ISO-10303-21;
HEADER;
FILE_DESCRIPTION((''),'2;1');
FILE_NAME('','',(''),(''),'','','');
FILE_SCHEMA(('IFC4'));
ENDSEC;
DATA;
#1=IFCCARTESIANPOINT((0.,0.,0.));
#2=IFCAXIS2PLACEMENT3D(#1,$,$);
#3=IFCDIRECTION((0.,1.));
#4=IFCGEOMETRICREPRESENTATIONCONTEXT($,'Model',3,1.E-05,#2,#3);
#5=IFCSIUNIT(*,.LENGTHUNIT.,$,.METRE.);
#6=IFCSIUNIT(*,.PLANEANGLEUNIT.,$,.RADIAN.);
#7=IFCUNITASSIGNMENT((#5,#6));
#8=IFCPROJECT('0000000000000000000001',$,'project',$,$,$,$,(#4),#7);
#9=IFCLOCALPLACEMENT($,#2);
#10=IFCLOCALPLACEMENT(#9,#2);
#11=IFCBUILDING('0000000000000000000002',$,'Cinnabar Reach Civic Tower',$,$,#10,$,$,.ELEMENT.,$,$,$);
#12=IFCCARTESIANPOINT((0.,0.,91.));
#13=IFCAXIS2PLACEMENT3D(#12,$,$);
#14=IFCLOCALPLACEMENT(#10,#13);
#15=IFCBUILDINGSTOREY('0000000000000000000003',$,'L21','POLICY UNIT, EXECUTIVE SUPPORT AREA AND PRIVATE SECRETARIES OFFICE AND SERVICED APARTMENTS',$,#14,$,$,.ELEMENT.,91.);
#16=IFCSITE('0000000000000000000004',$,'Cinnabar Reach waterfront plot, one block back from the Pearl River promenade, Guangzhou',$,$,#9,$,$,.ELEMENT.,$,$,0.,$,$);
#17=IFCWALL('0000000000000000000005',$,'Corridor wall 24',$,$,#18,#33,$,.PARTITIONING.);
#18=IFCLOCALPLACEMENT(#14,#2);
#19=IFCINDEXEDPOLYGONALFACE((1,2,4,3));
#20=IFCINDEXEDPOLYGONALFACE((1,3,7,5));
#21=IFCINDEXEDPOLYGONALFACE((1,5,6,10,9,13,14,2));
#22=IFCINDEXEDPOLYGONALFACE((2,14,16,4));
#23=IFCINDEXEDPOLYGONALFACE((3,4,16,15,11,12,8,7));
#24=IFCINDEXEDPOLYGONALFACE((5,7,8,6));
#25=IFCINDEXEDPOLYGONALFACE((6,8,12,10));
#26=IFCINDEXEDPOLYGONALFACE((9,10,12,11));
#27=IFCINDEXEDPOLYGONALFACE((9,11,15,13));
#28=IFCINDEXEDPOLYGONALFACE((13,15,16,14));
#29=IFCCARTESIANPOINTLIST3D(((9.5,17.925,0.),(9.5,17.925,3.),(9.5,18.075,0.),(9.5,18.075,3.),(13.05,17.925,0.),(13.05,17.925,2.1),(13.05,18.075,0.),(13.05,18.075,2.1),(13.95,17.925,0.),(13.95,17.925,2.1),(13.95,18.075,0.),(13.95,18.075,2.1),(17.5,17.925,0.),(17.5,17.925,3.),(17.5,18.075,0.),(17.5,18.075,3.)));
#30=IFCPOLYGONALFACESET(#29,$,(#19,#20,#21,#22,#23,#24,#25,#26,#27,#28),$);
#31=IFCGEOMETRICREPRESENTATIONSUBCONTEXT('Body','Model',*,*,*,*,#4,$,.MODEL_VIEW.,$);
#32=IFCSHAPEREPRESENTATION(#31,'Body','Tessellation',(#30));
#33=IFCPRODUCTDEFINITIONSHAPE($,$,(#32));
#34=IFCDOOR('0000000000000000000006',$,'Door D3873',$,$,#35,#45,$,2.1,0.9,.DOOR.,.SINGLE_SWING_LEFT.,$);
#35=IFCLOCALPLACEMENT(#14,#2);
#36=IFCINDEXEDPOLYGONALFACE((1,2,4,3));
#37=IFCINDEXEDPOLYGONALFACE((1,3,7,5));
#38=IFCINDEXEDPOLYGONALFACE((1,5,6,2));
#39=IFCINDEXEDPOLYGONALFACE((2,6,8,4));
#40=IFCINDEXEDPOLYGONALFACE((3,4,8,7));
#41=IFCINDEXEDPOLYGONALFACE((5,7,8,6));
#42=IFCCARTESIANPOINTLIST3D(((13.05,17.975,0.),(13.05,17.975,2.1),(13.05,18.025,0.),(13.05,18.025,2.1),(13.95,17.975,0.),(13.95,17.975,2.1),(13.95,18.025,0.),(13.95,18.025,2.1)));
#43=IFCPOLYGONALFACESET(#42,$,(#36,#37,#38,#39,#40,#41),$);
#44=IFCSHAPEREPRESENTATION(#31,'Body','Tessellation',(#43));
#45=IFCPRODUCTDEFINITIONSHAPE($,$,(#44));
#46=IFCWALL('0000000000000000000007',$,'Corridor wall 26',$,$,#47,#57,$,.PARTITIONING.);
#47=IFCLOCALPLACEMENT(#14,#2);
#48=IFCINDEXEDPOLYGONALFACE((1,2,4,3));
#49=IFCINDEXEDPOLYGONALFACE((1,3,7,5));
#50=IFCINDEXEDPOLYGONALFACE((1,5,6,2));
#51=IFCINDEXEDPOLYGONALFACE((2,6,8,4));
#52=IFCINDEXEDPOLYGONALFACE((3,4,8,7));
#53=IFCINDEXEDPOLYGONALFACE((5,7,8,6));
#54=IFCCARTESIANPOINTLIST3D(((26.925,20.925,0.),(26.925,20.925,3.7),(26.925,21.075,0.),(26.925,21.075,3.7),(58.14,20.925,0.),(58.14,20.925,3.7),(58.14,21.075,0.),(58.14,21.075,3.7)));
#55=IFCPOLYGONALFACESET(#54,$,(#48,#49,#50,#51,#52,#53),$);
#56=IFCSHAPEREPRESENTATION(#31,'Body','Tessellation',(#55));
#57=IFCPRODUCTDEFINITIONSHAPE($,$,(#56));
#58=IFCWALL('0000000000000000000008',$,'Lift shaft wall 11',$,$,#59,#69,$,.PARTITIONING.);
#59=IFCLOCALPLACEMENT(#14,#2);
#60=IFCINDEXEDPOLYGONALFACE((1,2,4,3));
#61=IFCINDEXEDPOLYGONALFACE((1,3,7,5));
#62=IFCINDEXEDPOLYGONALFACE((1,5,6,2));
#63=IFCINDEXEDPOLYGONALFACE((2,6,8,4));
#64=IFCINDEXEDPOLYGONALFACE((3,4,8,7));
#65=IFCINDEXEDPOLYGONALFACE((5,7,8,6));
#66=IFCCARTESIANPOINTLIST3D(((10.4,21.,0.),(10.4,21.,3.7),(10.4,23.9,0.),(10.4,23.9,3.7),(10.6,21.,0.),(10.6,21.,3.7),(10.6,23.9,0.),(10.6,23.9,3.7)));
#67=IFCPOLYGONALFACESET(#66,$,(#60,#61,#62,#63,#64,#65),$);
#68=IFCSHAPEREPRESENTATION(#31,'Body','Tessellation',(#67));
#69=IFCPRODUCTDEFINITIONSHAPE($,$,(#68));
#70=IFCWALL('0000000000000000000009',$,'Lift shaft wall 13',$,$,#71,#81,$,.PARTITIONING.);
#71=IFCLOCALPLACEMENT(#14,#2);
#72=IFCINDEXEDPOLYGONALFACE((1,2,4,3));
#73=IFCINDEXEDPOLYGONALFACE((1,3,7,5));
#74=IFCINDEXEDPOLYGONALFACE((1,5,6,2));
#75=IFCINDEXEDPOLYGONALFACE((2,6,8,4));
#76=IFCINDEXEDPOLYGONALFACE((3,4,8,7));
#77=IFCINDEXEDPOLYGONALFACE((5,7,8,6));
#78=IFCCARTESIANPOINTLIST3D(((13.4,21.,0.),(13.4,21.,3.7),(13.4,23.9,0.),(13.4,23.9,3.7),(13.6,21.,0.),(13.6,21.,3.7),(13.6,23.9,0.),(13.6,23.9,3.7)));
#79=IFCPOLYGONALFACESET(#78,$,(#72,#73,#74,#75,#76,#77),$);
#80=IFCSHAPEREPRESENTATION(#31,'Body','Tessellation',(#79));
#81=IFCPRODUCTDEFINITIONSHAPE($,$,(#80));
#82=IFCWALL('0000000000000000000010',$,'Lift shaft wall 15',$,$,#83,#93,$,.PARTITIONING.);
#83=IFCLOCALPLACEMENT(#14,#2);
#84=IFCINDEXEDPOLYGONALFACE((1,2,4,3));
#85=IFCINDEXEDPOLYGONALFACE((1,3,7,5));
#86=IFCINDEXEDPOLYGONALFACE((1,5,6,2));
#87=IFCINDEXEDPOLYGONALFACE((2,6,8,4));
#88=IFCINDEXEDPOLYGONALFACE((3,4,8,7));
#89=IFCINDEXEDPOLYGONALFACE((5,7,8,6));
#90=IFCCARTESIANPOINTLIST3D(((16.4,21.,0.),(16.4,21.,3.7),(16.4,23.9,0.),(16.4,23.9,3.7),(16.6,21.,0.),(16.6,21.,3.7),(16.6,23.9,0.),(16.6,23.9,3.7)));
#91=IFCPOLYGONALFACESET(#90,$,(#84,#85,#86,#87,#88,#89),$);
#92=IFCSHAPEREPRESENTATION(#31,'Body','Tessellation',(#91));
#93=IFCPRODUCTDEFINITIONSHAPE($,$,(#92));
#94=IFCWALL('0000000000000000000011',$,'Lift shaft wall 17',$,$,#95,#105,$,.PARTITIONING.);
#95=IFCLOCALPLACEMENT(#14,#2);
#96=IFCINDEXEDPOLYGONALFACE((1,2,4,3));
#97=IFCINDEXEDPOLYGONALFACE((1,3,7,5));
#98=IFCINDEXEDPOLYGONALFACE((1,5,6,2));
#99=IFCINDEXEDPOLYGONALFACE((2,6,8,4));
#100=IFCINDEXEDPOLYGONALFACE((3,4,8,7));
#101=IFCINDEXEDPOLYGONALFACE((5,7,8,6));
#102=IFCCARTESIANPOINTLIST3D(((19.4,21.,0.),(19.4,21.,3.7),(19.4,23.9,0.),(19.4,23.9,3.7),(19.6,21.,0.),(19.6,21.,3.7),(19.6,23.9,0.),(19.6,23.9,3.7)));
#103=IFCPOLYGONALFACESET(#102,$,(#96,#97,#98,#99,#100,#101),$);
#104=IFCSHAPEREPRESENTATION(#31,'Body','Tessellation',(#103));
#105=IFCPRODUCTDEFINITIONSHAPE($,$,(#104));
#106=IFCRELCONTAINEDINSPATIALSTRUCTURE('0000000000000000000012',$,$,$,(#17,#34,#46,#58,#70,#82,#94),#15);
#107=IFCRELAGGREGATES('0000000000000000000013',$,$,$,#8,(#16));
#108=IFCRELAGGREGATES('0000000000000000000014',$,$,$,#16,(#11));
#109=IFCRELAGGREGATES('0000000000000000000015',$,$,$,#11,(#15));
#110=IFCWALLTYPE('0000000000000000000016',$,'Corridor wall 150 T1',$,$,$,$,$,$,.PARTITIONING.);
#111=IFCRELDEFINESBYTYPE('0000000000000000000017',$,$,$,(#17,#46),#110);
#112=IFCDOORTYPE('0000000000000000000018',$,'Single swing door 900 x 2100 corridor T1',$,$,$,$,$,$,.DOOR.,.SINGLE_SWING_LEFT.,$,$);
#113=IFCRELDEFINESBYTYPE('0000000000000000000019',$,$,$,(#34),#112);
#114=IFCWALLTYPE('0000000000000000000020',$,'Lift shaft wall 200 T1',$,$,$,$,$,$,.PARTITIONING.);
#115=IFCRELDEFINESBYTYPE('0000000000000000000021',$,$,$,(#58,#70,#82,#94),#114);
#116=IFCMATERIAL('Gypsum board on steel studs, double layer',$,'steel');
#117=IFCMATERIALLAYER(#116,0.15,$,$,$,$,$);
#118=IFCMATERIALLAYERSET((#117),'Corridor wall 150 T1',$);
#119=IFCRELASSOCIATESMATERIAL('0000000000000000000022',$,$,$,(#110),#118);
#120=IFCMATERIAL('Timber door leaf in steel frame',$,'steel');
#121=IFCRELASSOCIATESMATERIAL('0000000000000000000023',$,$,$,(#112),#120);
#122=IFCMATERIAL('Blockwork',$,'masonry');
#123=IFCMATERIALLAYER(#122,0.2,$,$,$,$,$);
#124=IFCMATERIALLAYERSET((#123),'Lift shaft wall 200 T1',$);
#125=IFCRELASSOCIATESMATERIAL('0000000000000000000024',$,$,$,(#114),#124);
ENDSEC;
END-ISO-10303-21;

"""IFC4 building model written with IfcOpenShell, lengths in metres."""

from ifc_helpers import new_model, si_unit, direction, frame, frame_2d, origin, place, context, subcontext, project, spatial, rectangle, extrude, material, layer, layer_set, type_object, element, fill, save


model = new_model("IFC4")

# Units and contexts
model_context = context("Model", 3, precision=1e-05, world=origin(), true_north=direction((0.0, 1.0)))
body_context = subcontext(model_context, "Body", "Model", "MODEL_VIEW")
ifc_project = project(units=[si_unit("LENGTHUNIT", "METRE"), si_unit("PLANEANGLEUNIT", "RADIAN")], contexts=[model_context])

# Site, building, storey
site_placement = place(None, origin())
site = spatial("IfcSite", under=ifc_project, at=site_placement, Name="Cinnabar Reach waterfront plot, one block back from the Pearl River promenade, Guangzhou", CompositionType="ELEMENT", RefElevation=0.0)
building_placement = place(site_placement, origin())
building = spatial("IfcBuilding", under=site, at=building_placement, Name="Cinnabar Reach Civic Tower", CompositionType="ELEMENT")
storey_placement = place(building_placement, frame((0.0, 0.0, 91.0)))
storey = spatial("IfcBuildingStorey", under=building, at=storey_placement, Name="L21", Description="POLICY UNIT, EXECUTIVE SUPPORT AREA AND PRIVATE SECRETARIES OFFICE AND SERVICED APARTMENTS", CompositionType="ELEMENT", Elevation=91.0)

# Shared definitions
ifc_material_1 = material(Name="Timber door leaf in steel frame", Category="steel")

# Shared definitions
ifc_material_2 = material(Name="Gypsum board on steel studs, double layer", Category="steel")
ifc_layer_1 = layer(ifc_material_2, 0.15)
ifc_layer_set_1 = layer_set([ifc_layer_1], Name="Corridor wall 150 T1")
wall_type_1 = type_object("IfcWallType", Name="Corridor wall 150 T1", PredefinedType="PARTITIONING", material=ifc_layer_set_1)

# Wall, opening, door
wall_1_placement = place(storey_placement, frame((9.5, 18.0, 0.0), z_axis=(0.0, 0.0, 1.0), x_axis=(1.0, 0.0, 0.0)))
wall_1 = element("IfcWall", 1, at=wall_1_placement, inside=storey, type_object=wall_type_1, Name="Corridor wall 24", PredefinedType="PARTITIONING", context=body_context, shape_type="SweptSolid", body=[
    extrude(rectangle(XDim=8.0, YDim=0.15, at=frame_2d((4.0, 0.0))), origin(), (0.0, 0.0, 1.0), 3.0),
])
opening_1_placement = place(wall_1_placement, frame((3.55, 0.0, 0.0)))
opening_1 = element("IfcOpeningElement", 2, at=opening_1_placement, cuts=wall_1, PredefinedType="OPENING", context=body_context, shape_type="SweptSolid", body=[
    extrude(rectangle(XDim=0.9, YDim=2.1, at=frame_2d((0.45, 1.05))), frame((0.0, 0.085, 0.0), z_axis=(0.0, -1.0, 0.0), x_axis=(1.0, 0.0, 0.0)), (0.0, 0.0, 1.0), 0.17),
])
door_type_1 = type_object("IfcDoorType", Name="Single swing door 900 x 2100 corridor T1", OperationType="SINGLE_SWING_LEFT", PredefinedType="DOOR", material=ifc_material_1)
door_1_placement = place(opening_1_placement, frame((0.9, 0.0, 0.0), z_axis=(0.0, 0.0, 1.0), x_axis=(-1.0, 0.0, 0.0)))
door_1 = element("IfcDoor", 3, at=door_1_placement, inside=storey, type_object=door_type_1, Name="Door D3873", OperationType="SINGLE_SWING_LEFT", OverallHeight=2.1, OverallWidth=0.9, PredefinedType="DOOR", context=body_context, shape_type="SweptSolid", body=[
    extrude(rectangle(XDim=0.9, YDim=2.1, at=frame_2d((0.45, 1.05))), frame((0.0, 0.025, 0.0), z_axis=(0.0, -1.0, 0.0), x_axis=(1.0, 0.0, 0.0)), (0.0, 0.0, 1.0), 0.05),
])
fill(opening_1, door_1)

# Walls
wall_2_placement = place(storey_placement, frame((26.925, 21.0, 0.0), z_axis=(0.0, 0.0, 1.0), x_axis=(1.0, 0.0, 0.0)))
element("IfcWall", 4, at=wall_2_placement, inside=storey, type_object=wall_type_1, Name="Corridor wall 26", PredefinedType="PARTITIONING", context=body_context, shape_type="SweptSolid", body=[
    extrude(rectangle(XDim=31.215, YDim=0.15, at=frame_2d((15.6075, 0.0))), origin(), (0.0, 0.0, 1.0), 3.7),
])
ifc_material_3 = material(Name="Blockwork", Category="masonry")
ifc_layer_2 = layer(ifc_material_3, 0.2)
ifc_layer_set_2 = layer_set([ifc_layer_2], Name="Lift shaft wall 200 T1")
wall_type_2 = type_object("IfcWallType", Name="Lift shaft wall 200 T1", PredefinedType="PARTITIONING", material=ifc_layer_set_2)
for number, where, z_axis, x_axis, name in (
    (5, (10.5, 21.0, 0.0), (0.0, 0.0, 1.0), (0.0, 1.0, 0.0), "Lift shaft wall 11"),
    (6, (13.5, 21.0, 0.0), (0.0, 0.0, 1.0), (0.0, 1.0, 0.0), "Lift shaft wall 13"),
    (7, (16.5, 21.0, 0.0), (0.0, 0.0, 1.0), (0.0, 1.0, 0.0), "Lift shaft wall 15"),
    (8, (19.5, 21.0, 0.0), (0.0, 0.0, 1.0), (0.0, 1.0, 0.0), "Lift shaft wall 17"),
):
    element("IfcWall", number, at=place(storey_placement, frame(where, z_axis=z_axis, x_axis=x_axis)), inside=storey, type_object=wall_type_2, Name=name, PredefinedType="PARTITIONING", context=body_context, shape_type="SweptSolid", body=[
        extrude(rectangle(XDim=2.9, YDim=0.2, at=frame_2d((1.45, 0.0))), origin(), (0.0, 0.0, 1.0), 3.7),
    ])

save(model, "model.ifc")
